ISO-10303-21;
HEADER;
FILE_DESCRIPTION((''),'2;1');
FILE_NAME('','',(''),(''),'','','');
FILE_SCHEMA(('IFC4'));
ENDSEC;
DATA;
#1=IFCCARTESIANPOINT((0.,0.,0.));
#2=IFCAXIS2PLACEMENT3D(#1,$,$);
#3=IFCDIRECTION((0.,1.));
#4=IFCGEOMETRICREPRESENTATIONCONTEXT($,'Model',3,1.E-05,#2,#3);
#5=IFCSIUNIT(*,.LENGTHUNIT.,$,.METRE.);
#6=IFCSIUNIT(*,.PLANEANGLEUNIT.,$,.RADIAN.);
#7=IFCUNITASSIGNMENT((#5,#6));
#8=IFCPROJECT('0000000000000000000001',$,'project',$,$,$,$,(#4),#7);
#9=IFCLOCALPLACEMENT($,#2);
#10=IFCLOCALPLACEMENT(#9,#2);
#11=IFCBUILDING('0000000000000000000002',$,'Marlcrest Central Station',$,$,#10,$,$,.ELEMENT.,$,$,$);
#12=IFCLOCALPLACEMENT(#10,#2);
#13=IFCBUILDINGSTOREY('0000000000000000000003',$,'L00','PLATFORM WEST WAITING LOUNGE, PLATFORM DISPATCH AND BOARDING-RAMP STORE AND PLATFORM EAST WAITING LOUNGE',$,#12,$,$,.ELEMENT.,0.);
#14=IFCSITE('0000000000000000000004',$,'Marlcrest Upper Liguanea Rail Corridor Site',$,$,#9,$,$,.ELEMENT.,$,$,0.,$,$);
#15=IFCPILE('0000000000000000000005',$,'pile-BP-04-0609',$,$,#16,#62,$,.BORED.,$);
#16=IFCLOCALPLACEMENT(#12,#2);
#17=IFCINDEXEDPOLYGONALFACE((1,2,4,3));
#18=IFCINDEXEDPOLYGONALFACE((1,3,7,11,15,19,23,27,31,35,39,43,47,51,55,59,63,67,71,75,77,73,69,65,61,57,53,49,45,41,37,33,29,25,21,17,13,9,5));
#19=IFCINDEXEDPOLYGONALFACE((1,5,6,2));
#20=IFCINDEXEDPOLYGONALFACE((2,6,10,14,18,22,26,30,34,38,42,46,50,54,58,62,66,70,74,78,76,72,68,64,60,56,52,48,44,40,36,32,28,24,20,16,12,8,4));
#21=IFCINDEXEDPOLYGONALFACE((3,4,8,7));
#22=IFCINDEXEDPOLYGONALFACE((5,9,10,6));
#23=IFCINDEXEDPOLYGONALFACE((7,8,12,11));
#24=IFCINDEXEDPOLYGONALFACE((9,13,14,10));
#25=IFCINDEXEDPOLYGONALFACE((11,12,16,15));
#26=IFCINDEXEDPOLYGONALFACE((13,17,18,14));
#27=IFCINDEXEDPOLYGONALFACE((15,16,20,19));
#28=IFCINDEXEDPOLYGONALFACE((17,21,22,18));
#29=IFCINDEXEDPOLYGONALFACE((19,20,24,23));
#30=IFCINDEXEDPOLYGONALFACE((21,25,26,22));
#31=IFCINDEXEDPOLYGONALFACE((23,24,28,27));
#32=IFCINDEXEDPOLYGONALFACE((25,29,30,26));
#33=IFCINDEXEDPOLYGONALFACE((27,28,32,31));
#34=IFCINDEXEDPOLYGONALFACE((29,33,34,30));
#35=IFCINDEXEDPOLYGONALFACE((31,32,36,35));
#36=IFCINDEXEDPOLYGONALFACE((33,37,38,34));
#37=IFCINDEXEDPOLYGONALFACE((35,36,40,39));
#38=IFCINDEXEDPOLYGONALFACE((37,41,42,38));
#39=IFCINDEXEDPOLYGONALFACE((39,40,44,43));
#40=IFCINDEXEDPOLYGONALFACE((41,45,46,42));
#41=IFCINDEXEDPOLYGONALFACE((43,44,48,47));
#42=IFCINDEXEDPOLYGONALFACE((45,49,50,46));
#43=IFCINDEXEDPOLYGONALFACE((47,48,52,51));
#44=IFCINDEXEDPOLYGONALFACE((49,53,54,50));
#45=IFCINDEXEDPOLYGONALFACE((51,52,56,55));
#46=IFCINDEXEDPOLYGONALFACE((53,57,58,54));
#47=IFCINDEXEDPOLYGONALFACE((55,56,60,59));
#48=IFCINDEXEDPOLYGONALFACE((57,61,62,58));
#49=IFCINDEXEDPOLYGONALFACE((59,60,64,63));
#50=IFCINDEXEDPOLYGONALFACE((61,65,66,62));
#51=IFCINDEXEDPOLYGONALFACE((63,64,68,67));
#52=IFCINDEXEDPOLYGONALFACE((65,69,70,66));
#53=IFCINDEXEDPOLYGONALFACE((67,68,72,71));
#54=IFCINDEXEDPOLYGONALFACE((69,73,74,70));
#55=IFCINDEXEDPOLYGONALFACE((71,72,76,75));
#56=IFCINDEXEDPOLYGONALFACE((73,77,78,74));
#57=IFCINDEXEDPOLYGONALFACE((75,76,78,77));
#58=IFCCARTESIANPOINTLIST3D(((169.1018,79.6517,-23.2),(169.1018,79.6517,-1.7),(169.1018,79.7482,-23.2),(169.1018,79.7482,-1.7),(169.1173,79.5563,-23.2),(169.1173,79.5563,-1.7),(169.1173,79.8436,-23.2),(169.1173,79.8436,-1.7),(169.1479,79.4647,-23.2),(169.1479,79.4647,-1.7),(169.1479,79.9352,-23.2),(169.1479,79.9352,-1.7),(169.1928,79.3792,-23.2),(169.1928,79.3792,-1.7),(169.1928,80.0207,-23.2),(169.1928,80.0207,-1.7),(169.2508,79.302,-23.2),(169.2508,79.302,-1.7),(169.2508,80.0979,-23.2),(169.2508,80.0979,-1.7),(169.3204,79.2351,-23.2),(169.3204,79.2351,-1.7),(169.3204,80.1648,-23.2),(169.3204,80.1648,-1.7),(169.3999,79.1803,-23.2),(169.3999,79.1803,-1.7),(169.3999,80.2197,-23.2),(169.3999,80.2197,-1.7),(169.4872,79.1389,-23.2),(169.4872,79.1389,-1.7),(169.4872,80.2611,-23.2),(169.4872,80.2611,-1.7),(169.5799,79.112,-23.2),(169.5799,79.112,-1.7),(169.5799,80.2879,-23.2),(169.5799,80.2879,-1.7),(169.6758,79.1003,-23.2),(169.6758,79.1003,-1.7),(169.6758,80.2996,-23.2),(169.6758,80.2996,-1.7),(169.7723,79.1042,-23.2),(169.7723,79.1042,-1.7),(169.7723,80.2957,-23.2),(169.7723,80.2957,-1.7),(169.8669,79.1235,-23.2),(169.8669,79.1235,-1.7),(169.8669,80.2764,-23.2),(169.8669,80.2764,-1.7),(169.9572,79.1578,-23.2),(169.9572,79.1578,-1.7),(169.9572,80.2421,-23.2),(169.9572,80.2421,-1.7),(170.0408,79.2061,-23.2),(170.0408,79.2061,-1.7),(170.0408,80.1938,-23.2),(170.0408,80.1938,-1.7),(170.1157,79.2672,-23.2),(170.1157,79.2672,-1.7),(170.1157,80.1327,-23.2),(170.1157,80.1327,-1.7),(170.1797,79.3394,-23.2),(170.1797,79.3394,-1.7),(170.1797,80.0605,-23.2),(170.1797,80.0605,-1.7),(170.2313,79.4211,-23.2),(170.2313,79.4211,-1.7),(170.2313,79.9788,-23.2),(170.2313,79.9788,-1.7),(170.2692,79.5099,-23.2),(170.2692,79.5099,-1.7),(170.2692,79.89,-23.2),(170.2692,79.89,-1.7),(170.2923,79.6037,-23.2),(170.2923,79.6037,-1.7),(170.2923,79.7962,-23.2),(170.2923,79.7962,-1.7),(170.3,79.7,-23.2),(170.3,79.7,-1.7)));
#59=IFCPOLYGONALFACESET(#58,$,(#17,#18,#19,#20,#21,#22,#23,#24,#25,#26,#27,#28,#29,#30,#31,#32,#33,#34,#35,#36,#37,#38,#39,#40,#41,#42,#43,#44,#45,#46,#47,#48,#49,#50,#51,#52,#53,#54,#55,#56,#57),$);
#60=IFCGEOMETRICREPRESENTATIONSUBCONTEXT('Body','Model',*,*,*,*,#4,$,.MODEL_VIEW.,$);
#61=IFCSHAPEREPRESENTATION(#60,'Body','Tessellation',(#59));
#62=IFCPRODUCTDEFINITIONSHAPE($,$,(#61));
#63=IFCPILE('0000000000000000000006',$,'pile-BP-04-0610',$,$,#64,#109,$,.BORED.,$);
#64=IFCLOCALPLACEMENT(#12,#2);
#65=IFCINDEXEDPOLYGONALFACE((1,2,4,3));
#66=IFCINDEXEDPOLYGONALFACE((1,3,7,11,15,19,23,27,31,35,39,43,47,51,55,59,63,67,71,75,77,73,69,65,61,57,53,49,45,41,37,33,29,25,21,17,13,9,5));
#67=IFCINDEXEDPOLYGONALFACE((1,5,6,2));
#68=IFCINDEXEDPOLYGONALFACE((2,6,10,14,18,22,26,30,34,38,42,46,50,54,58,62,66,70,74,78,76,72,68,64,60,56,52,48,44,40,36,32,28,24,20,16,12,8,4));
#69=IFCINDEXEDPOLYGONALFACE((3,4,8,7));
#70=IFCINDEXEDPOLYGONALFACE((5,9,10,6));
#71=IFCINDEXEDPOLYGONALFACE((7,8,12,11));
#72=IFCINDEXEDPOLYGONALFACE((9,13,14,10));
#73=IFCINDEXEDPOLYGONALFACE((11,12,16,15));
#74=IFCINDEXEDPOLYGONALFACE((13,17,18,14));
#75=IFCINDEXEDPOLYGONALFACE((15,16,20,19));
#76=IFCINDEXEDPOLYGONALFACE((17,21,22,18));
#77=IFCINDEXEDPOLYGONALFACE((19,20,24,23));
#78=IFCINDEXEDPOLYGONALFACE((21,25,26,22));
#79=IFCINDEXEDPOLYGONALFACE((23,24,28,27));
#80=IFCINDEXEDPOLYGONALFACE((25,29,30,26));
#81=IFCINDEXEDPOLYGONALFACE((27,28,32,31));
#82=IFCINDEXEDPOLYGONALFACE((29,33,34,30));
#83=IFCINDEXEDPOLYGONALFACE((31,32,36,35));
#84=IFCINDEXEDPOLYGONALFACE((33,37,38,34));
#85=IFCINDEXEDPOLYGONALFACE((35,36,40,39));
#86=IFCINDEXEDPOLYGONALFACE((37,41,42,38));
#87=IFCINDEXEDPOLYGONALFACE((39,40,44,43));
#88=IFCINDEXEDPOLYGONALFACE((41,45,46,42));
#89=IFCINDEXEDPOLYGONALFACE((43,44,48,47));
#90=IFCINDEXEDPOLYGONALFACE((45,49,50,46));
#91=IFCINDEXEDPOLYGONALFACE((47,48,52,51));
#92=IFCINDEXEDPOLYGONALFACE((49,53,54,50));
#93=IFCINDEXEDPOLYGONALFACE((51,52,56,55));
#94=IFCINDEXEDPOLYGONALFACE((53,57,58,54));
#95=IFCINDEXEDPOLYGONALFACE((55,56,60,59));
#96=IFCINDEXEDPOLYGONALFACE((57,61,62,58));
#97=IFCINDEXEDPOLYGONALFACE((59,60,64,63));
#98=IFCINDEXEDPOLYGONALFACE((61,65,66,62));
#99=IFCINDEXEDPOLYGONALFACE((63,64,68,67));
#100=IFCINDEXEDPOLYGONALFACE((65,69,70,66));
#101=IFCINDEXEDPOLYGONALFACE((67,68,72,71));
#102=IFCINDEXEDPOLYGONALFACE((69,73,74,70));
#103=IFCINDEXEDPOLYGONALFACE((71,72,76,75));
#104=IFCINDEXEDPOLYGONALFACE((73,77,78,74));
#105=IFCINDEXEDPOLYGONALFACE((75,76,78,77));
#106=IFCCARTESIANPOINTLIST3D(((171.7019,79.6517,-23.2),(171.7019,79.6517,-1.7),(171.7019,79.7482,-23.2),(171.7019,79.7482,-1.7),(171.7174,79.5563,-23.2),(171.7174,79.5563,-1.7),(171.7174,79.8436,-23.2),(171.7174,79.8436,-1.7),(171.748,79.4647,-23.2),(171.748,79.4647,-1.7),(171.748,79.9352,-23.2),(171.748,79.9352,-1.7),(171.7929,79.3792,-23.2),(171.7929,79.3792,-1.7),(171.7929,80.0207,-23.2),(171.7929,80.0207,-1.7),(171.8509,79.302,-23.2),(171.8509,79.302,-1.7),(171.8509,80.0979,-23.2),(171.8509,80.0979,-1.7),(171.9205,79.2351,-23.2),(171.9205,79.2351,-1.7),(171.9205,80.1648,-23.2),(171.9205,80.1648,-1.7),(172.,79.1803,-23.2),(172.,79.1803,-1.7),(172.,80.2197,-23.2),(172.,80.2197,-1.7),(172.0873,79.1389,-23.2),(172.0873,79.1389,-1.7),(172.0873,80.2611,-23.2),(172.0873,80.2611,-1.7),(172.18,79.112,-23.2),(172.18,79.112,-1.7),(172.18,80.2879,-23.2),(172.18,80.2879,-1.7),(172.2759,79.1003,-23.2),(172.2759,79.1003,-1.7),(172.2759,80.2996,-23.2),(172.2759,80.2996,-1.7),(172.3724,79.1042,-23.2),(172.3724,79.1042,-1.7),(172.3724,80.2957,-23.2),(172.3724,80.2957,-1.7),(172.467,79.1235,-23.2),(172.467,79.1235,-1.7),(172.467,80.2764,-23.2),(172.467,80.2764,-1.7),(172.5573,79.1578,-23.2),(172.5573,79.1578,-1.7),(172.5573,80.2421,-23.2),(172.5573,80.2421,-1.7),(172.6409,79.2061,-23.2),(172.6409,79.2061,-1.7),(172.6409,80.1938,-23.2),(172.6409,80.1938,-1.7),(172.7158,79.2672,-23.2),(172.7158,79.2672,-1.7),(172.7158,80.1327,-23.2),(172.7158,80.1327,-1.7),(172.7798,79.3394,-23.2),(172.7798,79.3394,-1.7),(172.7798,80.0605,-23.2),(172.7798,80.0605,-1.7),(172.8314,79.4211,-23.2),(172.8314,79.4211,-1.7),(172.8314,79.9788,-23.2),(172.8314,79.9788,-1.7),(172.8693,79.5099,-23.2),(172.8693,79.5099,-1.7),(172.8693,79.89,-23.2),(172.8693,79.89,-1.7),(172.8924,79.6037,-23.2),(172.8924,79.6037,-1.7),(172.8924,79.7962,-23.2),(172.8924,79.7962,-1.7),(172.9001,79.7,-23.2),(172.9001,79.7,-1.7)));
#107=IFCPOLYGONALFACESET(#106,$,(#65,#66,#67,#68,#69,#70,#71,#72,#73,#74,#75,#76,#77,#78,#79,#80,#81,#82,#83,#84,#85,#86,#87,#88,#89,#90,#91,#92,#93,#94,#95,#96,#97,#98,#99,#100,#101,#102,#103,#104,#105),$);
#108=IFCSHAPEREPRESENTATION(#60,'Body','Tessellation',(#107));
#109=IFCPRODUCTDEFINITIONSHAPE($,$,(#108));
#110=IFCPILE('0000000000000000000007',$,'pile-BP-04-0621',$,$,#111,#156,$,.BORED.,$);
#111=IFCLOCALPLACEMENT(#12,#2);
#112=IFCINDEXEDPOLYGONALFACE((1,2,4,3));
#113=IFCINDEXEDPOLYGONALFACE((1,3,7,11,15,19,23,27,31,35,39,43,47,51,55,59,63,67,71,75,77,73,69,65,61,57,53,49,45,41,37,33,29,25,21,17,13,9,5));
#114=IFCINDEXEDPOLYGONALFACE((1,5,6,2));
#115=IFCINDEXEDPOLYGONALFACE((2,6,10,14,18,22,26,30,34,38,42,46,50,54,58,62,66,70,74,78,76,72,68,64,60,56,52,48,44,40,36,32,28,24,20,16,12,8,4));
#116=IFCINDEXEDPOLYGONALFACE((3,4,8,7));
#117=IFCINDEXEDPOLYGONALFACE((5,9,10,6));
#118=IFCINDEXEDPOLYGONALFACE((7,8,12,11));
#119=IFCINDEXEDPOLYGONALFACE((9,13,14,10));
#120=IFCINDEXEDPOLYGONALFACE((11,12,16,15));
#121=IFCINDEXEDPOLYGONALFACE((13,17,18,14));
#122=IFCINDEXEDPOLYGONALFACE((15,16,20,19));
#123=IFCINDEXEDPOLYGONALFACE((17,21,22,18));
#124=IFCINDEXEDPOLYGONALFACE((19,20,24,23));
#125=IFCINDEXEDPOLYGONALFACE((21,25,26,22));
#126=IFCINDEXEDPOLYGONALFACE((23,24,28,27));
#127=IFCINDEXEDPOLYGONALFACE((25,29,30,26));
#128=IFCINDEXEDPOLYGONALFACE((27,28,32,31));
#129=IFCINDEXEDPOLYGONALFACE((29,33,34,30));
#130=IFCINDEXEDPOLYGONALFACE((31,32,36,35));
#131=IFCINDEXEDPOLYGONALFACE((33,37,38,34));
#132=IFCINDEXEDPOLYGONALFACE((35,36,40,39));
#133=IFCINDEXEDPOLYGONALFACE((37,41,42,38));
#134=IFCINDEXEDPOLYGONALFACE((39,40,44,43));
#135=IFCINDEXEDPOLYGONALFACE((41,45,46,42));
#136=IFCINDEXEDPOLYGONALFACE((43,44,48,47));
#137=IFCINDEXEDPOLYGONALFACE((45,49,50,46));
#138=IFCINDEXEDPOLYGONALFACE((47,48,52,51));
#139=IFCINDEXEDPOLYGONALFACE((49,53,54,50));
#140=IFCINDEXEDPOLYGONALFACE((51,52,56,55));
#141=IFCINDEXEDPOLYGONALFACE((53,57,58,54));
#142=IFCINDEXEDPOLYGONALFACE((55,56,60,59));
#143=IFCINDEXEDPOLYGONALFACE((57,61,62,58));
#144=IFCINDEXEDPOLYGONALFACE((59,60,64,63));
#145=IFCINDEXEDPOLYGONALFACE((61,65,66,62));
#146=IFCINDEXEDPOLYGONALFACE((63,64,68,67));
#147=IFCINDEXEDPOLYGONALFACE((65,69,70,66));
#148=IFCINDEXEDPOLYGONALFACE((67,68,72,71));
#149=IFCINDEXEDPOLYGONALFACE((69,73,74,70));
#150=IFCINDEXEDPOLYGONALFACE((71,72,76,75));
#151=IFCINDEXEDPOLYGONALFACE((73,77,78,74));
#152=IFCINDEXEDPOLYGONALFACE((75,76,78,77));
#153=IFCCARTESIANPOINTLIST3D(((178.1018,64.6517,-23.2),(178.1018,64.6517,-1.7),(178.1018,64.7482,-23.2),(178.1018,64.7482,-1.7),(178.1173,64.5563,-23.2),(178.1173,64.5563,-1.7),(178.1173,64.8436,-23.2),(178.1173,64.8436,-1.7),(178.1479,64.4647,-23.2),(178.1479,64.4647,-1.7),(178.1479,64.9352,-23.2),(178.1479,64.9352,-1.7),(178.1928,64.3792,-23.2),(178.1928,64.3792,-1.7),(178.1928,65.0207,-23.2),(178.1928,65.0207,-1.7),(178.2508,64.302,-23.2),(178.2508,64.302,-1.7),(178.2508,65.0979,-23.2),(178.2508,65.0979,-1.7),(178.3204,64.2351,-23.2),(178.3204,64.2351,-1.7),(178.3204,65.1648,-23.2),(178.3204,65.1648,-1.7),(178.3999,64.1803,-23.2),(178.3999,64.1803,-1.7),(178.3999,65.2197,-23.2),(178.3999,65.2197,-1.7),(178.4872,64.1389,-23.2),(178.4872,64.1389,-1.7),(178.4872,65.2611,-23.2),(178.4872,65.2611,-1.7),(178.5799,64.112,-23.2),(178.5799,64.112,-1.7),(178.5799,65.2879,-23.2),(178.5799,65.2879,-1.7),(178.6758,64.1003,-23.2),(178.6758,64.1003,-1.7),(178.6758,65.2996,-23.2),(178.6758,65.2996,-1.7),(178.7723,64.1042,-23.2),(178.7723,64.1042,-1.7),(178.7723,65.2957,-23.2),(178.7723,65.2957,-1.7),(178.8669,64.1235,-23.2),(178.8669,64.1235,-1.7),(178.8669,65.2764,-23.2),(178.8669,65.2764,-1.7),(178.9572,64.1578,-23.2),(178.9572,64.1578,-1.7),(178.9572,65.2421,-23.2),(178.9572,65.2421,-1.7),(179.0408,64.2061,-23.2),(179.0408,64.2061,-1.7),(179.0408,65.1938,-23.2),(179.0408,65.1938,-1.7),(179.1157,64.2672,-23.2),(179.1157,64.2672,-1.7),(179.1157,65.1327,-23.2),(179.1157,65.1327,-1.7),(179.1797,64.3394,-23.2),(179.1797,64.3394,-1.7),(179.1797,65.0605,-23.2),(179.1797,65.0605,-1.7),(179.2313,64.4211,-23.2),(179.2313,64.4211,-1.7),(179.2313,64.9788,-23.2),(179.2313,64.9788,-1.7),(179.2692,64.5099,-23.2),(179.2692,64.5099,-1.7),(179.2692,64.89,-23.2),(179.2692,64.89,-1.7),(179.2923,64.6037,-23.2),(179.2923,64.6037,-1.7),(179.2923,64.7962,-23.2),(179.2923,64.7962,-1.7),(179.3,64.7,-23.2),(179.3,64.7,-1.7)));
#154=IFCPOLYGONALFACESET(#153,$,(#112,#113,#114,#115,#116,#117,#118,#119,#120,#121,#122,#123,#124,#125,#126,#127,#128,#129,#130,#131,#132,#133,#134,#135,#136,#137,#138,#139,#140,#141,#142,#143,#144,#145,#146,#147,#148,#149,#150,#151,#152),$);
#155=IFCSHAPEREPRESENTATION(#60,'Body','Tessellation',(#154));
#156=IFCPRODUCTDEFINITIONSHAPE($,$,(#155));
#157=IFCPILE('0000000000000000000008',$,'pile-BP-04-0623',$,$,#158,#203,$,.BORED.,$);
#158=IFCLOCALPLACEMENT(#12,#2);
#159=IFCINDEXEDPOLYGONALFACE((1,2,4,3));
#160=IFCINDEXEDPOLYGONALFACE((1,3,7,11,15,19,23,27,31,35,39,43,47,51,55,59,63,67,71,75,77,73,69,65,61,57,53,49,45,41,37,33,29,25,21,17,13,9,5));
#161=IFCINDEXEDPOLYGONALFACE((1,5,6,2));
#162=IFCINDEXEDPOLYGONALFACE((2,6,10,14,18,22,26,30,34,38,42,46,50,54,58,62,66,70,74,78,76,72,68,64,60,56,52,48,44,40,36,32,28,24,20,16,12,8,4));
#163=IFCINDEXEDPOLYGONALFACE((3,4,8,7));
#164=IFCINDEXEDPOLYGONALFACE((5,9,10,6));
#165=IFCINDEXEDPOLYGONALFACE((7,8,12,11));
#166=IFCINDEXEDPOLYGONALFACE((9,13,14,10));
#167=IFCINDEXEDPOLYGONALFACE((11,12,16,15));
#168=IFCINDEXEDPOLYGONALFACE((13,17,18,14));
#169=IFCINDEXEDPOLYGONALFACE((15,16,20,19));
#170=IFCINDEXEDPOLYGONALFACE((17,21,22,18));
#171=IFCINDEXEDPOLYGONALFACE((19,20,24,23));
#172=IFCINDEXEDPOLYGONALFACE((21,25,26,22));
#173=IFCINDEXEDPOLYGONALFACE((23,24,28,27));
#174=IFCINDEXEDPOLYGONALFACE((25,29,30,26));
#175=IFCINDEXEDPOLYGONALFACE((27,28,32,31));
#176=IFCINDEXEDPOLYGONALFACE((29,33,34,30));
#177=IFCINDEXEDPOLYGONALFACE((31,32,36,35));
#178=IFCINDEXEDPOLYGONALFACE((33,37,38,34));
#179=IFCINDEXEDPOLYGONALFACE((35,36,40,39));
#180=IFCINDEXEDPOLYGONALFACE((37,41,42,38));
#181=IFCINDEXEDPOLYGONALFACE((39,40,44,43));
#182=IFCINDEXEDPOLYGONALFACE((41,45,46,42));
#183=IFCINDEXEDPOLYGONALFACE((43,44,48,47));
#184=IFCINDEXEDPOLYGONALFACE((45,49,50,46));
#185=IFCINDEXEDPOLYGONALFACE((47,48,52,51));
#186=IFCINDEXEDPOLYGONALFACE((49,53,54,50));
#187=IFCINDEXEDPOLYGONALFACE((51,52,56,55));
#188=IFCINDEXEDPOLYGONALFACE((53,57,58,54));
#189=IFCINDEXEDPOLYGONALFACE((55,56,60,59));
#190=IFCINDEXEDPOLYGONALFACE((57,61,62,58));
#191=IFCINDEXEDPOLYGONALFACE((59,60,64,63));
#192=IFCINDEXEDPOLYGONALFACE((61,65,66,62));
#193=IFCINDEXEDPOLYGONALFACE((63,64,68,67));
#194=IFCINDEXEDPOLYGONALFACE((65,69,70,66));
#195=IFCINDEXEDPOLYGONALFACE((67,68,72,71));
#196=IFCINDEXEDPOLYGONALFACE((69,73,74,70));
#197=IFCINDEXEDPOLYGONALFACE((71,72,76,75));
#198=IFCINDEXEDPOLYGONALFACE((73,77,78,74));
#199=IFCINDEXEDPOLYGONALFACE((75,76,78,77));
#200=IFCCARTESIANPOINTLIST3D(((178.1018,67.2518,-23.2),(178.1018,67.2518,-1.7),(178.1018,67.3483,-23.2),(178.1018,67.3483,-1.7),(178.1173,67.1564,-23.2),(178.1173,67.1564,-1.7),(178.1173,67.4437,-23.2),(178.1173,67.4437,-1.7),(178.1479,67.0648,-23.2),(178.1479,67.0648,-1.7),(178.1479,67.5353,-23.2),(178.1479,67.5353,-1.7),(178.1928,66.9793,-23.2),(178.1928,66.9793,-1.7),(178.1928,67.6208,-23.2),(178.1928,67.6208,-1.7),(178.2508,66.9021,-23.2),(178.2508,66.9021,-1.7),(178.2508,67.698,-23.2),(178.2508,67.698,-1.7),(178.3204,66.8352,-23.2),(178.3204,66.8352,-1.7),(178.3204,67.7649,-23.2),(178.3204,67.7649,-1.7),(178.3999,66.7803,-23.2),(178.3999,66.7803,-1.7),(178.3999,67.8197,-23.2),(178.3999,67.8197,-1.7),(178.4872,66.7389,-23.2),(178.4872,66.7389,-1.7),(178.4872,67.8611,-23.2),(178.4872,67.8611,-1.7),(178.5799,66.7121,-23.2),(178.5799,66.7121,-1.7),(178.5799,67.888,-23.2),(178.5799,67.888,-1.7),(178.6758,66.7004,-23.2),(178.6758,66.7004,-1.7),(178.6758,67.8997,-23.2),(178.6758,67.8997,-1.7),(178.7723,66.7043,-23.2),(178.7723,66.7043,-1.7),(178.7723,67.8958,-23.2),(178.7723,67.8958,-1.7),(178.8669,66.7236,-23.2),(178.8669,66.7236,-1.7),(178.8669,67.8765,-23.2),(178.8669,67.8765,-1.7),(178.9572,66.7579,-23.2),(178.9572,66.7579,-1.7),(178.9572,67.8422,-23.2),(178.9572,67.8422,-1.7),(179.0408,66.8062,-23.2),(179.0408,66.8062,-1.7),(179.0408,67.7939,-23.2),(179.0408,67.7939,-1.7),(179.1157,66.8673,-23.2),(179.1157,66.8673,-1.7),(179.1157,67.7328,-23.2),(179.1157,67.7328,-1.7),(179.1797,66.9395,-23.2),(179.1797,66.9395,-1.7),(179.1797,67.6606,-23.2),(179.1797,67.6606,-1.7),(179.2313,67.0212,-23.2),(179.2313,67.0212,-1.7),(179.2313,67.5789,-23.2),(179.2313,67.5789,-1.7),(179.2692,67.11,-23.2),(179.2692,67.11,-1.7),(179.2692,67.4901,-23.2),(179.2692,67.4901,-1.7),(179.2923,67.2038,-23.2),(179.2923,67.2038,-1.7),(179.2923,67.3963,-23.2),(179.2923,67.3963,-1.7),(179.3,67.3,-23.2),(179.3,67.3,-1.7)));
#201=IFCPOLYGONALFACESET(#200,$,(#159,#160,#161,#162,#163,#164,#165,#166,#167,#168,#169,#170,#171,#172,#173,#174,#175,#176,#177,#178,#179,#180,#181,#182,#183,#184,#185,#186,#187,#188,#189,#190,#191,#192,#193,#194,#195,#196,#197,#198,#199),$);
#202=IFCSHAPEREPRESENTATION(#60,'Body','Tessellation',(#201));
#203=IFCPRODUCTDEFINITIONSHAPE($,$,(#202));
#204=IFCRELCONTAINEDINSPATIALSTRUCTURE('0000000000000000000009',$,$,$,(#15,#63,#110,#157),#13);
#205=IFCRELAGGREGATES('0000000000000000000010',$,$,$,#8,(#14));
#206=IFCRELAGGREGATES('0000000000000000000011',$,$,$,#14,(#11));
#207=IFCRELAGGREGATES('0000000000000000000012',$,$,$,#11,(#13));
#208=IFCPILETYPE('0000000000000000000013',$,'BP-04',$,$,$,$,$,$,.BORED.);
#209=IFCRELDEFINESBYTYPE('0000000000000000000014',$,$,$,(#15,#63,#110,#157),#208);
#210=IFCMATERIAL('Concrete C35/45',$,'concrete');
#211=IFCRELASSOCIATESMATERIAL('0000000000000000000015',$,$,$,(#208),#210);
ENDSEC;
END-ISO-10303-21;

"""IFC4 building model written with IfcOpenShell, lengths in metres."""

from ifc_helpers import new_model, si_unit, direction, frame, origin, origin_2d, place, context, subcontext, project, spatial, circle, extrude, material, material_profile, profile_set, type_object, element, save


model = new_model("IFC4")

# Units and contexts
model_context = context("Model", 3, precision=1e-05, world=origin(), true_north=direction((0.0, 1.0)))
body_context = subcontext(model_context, "Body", "Model", "MODEL_VIEW")
ifc_project = project(units=[si_unit("LENGTHUNIT", "METRE"), si_unit("PLANEANGLEUNIT", "RADIAN")], contexts=[model_context])

# Site, building, storey
site_placement = place(None, origin())
site = spatial("IfcSite", under=ifc_project, at=site_placement, Name="Marlcrest Upper Liguanea Rail Corridor Site", CompositionType="ELEMENT", RefElevation=0.0)
building_placement = place(site_placement, origin())
building = spatial("IfcBuilding", under=site, at=building_placement, Name="Marlcrest Central Station", CompositionType="ELEMENT")
storey_placement = place(building_placement, origin())
storey = spatial("IfcBuildingStorey", under=building, at=storey_placement, Name="L00", Description="PLATFORM WEST WAITING LOUNGE, PLATFORM DISPATCH AND BOARDING-RAMP STORE AND PLATFORM EAST WAITING LOUNGE", CompositionType="ELEMENT", Elevation=0.0)

# Piles
ifc_material_1 = material(Name="Concrete C35/45", Category="concrete")
ifc_material_profile_1 = material_profile(ifc_material_1, circle(Radius=0.6001, at=origin_2d()), Name="PILE D1200")
ifc_profile_set_1 = profile_set([ifc_material_profile_1], Name="Concrete C35/45")
pile_type = type_object("IfcPileType", Name="BP-04", PredefinedType="BORED", material=ifc_profile_set_1)
for number, where, z_axis, x_axis, name in (
    (1, (169.7, 79.7, -1.7), (0.0, 0.0, -1.0), (1.0, 0.0, 0.0), "pile-BP-04-0609"),
    (2, (172.3, 79.7, -1.7), (0.0, 0.0, -1.0), (1.0, 0.0, 0.0), "pile-BP-04-0610"),
    (3, (178.7, 64.7, -1.7), (0.0, 0.0, -1.0), (1.0, 0.0, 0.0), "pile-BP-04-0621"),
    (4, (178.7, 67.3, -1.7), (0.0, 0.0, -1.0), (1.0, 0.0, 0.0), "pile-BP-04-0623"),
):
    element("IfcPile", number, at=place(storey_placement, frame(where, z_axis=z_axis, x_axis=x_axis)), inside=storey, type_object=pile_type, Name=name, PredefinedType="BORED", context=body_context, shape_type="SweptSolid", body=[
        extrude(circle(Radius=0.6001, at=origin_2d()), origin(), (0.0, 0.0, 1.0), 21.5),
    ])

save(model, "model.ifc")
